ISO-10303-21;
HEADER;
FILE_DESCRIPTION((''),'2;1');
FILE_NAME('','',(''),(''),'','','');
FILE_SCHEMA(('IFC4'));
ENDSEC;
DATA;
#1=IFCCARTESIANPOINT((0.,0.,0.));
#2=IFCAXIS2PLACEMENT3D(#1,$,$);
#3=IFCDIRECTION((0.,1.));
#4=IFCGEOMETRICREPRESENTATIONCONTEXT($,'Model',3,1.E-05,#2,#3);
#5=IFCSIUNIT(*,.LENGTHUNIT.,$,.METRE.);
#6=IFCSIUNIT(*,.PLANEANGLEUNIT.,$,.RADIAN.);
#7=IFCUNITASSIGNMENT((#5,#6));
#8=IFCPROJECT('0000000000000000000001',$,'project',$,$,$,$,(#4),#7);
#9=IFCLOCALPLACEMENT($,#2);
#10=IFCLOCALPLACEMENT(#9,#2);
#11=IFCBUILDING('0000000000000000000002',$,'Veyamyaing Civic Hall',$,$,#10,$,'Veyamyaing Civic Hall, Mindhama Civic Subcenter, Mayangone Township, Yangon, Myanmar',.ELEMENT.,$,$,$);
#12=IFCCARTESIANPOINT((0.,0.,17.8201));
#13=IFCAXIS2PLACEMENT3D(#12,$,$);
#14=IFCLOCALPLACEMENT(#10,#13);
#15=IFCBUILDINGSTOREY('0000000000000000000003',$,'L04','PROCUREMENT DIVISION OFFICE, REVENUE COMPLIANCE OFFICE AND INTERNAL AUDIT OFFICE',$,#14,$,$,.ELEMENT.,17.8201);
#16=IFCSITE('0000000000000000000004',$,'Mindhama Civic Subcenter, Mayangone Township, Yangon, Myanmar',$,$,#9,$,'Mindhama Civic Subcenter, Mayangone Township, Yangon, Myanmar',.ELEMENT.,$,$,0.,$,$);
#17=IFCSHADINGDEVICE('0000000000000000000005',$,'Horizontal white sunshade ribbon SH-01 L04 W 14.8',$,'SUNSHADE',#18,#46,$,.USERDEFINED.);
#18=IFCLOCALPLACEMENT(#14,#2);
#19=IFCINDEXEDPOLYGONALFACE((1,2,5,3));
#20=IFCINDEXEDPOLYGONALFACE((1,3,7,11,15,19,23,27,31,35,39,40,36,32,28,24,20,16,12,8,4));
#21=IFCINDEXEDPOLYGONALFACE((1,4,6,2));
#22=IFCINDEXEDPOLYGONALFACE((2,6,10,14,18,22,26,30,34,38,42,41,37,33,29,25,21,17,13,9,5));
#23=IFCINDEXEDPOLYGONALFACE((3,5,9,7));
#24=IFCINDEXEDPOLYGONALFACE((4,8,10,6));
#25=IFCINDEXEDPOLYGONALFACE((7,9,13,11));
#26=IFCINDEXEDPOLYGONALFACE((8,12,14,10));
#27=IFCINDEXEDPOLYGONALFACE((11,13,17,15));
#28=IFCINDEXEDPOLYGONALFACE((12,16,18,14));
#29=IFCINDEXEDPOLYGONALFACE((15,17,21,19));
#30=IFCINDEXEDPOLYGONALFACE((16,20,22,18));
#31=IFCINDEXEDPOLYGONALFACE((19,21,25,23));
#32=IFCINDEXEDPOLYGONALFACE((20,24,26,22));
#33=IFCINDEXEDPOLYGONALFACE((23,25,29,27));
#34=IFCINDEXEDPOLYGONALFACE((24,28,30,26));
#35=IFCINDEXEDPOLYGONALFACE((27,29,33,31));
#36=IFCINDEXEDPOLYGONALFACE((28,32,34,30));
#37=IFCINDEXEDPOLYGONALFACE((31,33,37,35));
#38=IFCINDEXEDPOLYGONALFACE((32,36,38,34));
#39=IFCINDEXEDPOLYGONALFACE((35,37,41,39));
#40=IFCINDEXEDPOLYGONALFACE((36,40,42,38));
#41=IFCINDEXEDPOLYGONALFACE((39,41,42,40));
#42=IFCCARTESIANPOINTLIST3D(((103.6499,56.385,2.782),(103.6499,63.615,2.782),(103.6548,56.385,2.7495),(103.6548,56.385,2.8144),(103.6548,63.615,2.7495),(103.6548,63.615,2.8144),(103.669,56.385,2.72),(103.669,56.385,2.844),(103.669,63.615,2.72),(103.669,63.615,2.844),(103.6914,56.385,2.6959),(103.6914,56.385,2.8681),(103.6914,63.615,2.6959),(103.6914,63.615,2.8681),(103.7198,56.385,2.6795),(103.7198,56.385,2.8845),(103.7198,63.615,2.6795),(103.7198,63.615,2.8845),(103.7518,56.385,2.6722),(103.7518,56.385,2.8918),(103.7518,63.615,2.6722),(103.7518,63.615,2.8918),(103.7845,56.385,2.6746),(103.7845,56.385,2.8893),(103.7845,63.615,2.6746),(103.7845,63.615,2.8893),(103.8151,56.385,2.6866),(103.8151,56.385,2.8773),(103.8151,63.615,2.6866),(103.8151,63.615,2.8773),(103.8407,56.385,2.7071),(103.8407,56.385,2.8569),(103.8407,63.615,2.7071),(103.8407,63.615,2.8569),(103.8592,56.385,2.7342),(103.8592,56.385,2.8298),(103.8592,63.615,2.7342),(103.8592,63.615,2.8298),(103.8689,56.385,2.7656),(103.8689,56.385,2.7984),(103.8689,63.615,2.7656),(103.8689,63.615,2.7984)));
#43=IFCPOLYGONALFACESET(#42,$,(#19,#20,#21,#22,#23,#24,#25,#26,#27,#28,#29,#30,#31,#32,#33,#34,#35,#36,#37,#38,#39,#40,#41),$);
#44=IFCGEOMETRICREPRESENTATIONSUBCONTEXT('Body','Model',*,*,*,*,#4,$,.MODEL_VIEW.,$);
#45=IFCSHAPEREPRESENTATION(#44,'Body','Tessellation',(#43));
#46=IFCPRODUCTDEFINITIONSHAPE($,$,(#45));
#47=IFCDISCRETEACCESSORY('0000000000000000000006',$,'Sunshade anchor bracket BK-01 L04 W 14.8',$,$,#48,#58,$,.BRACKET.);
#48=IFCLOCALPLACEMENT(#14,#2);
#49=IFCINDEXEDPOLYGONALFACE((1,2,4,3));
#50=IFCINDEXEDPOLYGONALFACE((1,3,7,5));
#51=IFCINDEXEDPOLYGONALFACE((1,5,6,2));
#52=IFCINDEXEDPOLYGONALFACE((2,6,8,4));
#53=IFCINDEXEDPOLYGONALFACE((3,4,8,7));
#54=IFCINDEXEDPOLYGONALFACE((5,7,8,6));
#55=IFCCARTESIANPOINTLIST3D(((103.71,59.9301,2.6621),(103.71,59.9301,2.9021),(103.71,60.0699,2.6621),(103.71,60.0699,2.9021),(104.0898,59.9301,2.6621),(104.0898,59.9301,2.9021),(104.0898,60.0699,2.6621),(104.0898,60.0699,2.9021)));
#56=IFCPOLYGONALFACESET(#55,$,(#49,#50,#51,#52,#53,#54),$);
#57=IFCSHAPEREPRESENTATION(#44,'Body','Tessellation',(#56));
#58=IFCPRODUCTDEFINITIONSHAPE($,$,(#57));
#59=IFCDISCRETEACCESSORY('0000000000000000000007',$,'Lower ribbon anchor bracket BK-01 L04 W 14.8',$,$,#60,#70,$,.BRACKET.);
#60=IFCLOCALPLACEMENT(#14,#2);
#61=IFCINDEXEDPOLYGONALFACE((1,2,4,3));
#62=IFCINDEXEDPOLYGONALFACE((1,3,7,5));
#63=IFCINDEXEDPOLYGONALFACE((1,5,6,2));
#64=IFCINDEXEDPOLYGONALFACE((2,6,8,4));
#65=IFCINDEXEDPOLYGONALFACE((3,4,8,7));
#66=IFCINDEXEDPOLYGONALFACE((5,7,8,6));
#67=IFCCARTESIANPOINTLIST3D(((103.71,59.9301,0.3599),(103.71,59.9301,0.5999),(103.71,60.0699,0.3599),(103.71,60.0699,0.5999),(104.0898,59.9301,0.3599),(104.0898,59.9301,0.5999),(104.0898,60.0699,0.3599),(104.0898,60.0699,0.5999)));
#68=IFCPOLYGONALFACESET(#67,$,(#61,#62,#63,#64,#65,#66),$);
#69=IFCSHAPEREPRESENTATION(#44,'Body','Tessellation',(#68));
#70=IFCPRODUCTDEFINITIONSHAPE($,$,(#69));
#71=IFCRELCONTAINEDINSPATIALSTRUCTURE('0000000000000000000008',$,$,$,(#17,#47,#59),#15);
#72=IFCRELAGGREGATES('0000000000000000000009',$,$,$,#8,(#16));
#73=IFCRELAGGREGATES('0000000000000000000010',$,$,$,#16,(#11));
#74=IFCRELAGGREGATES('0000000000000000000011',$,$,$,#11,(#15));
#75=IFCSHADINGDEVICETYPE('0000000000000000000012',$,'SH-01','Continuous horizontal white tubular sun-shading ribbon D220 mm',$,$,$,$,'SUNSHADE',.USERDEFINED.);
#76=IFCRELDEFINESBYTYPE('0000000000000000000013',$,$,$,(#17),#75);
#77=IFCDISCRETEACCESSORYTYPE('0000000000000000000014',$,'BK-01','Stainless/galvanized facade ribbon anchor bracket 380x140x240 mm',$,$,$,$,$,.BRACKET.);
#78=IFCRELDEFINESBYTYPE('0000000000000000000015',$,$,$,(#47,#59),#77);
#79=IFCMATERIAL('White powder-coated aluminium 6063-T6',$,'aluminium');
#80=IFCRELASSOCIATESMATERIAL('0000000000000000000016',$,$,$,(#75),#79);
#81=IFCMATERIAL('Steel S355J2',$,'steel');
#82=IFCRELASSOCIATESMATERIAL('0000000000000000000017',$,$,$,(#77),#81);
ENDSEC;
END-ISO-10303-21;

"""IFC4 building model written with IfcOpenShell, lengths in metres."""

from ifc_helpers import new_model, si_unit, direction, frame, origin, origin_2d, place, context, subcontext, project, spatial, rectangle, circle, extrude, material, material_profile, profile_set, type_object, element, save


model = new_model("IFC4")

# Units and contexts
model_context = context("Model", 3, precision=1e-05, world=origin(), true_north=direction((0.0, 1.0)))
body_context = subcontext(model_context, "Body", "Model", "MODEL_VIEW")
ifc_project = project(units=[si_unit("LENGTHUNIT", "METRE"), si_unit("PLANEANGLEUNIT", "RADIAN")], contexts=[model_context])

# Site, building, storey
site_placement = place(None, origin())
site = spatial("IfcSite", under=ifc_project, at=site_placement, Name="Mindhama Civic Subcenter, Mayangone Township, Yangon, Myanmar", LongName="Mindhama Civic Subcenter, Mayangone Township, Yangon, Myanmar", CompositionType="ELEMENT", RefElevation=0.0)
building_placement = place(site_placement, origin())
building = spatial("IfcBuilding", under=site, at=building_placement, Name="Veyamyaing Civic Hall", LongName="Veyamyaing Civic Hall, Mindhama Civic Subcenter, Mayangone Township, Yangon, Myanmar", CompositionType="ELEMENT")
storey_placement = place(building_placement, frame((0.0, 0.0, 17.8201)))
storey = spatial("IfcBuildingStorey", under=building, at=storey_placement, Name="L04", Description="PROCUREMENT DIVISION OFFICE, REVENUE COMPLIANCE OFFICE AND INTERNAL AUDIT OFFICE", CompositionType="ELEMENT", Elevation=17.8201)

# Shared definitions
ifc_material_1 = material(Name="White powder-coated aluminium 6063-T6", Category="aluminium")

# Shading device
ifc_material_profile_1 = material_profile(ifc_material_1, circle(Radius=0.1101, at=origin_2d()), Name="SHADE-TUBE-220")
ifc_profile_set_1 = profile_set([ifc_material_profile_1], Name="White powder-coated aluminium 6063-T6")
shading_device_type = type_object("IfcShadingDeviceType", Name="SH-01", Description="Continuous horizontal white tubular sun-shading ribbon D220 mm", ElementType="SUNSHADE", PredefinedType="USERDEFINED", material=ifc_profile_set_1)
shading_device_placement = place(storey_placement, frame((103.76, 56.385, 2.782), z_axis=(0.0, 1.0, 0.0), x_axis=(-1.0, 0.0, 0.0)))
element("IfcShadingDevice", 1, at=shading_device_placement, inside=storey, type_object=shading_device_type, Name="Horizontal white sunshade ribbon SH-01 L04 W 14.8", ObjectType="SUNSHADE", PredefinedType="USERDEFINED", context=body_context, shape_type="SweptSolid", body=[
    extrude(circle(Radius=0.1101, at=origin_2d()), origin(), (0.0, 0.0, 1.0), 7.23),
])

# Discrete accessories
ifc_material_2 = material(Name="Steel S355J2", Category="steel")
discrete_accessory_type = type_object("IfcDiscreteAccessoryType", Name="BK-01", Description="Stainless/galvanized facade ribbon anchor bracket 380x140x240 mm", PredefinedType="BRACKET", material=ifc_material_2)
for number, where, z_axis, x_axis, name in (
    (2, (103.8999, 60.0, 2.6621), (0.0, 0.0, 1.0), (-1.0, 0.0, 0.0), "Sunshade anchor bracket BK-01 L04 W 14.8"),
    (3, (103.8999, 60.0, 0.3599), (0.0, 0.0, 1.0), (-1.0, 0.0, 0.0), "Lower ribbon anchor bracket BK-01 L04 W 14.8"),
):
    element("IfcDiscreteAccessory", number, at=place(storey_placement, frame(where, z_axis=z_axis, x_axis=x_axis)), inside=storey, type_object=discrete_accessory_type, Name=name, PredefinedType="BRACKET", context=body_context, shape_type="SweptSolid", body=[
        extrude(rectangle(XDim=0.3799, YDim=0.1399, at=origin_2d()), origin(), (0.0, 0.0, 1.0), 0.24),
    ])

save(model, "model.ifc")
